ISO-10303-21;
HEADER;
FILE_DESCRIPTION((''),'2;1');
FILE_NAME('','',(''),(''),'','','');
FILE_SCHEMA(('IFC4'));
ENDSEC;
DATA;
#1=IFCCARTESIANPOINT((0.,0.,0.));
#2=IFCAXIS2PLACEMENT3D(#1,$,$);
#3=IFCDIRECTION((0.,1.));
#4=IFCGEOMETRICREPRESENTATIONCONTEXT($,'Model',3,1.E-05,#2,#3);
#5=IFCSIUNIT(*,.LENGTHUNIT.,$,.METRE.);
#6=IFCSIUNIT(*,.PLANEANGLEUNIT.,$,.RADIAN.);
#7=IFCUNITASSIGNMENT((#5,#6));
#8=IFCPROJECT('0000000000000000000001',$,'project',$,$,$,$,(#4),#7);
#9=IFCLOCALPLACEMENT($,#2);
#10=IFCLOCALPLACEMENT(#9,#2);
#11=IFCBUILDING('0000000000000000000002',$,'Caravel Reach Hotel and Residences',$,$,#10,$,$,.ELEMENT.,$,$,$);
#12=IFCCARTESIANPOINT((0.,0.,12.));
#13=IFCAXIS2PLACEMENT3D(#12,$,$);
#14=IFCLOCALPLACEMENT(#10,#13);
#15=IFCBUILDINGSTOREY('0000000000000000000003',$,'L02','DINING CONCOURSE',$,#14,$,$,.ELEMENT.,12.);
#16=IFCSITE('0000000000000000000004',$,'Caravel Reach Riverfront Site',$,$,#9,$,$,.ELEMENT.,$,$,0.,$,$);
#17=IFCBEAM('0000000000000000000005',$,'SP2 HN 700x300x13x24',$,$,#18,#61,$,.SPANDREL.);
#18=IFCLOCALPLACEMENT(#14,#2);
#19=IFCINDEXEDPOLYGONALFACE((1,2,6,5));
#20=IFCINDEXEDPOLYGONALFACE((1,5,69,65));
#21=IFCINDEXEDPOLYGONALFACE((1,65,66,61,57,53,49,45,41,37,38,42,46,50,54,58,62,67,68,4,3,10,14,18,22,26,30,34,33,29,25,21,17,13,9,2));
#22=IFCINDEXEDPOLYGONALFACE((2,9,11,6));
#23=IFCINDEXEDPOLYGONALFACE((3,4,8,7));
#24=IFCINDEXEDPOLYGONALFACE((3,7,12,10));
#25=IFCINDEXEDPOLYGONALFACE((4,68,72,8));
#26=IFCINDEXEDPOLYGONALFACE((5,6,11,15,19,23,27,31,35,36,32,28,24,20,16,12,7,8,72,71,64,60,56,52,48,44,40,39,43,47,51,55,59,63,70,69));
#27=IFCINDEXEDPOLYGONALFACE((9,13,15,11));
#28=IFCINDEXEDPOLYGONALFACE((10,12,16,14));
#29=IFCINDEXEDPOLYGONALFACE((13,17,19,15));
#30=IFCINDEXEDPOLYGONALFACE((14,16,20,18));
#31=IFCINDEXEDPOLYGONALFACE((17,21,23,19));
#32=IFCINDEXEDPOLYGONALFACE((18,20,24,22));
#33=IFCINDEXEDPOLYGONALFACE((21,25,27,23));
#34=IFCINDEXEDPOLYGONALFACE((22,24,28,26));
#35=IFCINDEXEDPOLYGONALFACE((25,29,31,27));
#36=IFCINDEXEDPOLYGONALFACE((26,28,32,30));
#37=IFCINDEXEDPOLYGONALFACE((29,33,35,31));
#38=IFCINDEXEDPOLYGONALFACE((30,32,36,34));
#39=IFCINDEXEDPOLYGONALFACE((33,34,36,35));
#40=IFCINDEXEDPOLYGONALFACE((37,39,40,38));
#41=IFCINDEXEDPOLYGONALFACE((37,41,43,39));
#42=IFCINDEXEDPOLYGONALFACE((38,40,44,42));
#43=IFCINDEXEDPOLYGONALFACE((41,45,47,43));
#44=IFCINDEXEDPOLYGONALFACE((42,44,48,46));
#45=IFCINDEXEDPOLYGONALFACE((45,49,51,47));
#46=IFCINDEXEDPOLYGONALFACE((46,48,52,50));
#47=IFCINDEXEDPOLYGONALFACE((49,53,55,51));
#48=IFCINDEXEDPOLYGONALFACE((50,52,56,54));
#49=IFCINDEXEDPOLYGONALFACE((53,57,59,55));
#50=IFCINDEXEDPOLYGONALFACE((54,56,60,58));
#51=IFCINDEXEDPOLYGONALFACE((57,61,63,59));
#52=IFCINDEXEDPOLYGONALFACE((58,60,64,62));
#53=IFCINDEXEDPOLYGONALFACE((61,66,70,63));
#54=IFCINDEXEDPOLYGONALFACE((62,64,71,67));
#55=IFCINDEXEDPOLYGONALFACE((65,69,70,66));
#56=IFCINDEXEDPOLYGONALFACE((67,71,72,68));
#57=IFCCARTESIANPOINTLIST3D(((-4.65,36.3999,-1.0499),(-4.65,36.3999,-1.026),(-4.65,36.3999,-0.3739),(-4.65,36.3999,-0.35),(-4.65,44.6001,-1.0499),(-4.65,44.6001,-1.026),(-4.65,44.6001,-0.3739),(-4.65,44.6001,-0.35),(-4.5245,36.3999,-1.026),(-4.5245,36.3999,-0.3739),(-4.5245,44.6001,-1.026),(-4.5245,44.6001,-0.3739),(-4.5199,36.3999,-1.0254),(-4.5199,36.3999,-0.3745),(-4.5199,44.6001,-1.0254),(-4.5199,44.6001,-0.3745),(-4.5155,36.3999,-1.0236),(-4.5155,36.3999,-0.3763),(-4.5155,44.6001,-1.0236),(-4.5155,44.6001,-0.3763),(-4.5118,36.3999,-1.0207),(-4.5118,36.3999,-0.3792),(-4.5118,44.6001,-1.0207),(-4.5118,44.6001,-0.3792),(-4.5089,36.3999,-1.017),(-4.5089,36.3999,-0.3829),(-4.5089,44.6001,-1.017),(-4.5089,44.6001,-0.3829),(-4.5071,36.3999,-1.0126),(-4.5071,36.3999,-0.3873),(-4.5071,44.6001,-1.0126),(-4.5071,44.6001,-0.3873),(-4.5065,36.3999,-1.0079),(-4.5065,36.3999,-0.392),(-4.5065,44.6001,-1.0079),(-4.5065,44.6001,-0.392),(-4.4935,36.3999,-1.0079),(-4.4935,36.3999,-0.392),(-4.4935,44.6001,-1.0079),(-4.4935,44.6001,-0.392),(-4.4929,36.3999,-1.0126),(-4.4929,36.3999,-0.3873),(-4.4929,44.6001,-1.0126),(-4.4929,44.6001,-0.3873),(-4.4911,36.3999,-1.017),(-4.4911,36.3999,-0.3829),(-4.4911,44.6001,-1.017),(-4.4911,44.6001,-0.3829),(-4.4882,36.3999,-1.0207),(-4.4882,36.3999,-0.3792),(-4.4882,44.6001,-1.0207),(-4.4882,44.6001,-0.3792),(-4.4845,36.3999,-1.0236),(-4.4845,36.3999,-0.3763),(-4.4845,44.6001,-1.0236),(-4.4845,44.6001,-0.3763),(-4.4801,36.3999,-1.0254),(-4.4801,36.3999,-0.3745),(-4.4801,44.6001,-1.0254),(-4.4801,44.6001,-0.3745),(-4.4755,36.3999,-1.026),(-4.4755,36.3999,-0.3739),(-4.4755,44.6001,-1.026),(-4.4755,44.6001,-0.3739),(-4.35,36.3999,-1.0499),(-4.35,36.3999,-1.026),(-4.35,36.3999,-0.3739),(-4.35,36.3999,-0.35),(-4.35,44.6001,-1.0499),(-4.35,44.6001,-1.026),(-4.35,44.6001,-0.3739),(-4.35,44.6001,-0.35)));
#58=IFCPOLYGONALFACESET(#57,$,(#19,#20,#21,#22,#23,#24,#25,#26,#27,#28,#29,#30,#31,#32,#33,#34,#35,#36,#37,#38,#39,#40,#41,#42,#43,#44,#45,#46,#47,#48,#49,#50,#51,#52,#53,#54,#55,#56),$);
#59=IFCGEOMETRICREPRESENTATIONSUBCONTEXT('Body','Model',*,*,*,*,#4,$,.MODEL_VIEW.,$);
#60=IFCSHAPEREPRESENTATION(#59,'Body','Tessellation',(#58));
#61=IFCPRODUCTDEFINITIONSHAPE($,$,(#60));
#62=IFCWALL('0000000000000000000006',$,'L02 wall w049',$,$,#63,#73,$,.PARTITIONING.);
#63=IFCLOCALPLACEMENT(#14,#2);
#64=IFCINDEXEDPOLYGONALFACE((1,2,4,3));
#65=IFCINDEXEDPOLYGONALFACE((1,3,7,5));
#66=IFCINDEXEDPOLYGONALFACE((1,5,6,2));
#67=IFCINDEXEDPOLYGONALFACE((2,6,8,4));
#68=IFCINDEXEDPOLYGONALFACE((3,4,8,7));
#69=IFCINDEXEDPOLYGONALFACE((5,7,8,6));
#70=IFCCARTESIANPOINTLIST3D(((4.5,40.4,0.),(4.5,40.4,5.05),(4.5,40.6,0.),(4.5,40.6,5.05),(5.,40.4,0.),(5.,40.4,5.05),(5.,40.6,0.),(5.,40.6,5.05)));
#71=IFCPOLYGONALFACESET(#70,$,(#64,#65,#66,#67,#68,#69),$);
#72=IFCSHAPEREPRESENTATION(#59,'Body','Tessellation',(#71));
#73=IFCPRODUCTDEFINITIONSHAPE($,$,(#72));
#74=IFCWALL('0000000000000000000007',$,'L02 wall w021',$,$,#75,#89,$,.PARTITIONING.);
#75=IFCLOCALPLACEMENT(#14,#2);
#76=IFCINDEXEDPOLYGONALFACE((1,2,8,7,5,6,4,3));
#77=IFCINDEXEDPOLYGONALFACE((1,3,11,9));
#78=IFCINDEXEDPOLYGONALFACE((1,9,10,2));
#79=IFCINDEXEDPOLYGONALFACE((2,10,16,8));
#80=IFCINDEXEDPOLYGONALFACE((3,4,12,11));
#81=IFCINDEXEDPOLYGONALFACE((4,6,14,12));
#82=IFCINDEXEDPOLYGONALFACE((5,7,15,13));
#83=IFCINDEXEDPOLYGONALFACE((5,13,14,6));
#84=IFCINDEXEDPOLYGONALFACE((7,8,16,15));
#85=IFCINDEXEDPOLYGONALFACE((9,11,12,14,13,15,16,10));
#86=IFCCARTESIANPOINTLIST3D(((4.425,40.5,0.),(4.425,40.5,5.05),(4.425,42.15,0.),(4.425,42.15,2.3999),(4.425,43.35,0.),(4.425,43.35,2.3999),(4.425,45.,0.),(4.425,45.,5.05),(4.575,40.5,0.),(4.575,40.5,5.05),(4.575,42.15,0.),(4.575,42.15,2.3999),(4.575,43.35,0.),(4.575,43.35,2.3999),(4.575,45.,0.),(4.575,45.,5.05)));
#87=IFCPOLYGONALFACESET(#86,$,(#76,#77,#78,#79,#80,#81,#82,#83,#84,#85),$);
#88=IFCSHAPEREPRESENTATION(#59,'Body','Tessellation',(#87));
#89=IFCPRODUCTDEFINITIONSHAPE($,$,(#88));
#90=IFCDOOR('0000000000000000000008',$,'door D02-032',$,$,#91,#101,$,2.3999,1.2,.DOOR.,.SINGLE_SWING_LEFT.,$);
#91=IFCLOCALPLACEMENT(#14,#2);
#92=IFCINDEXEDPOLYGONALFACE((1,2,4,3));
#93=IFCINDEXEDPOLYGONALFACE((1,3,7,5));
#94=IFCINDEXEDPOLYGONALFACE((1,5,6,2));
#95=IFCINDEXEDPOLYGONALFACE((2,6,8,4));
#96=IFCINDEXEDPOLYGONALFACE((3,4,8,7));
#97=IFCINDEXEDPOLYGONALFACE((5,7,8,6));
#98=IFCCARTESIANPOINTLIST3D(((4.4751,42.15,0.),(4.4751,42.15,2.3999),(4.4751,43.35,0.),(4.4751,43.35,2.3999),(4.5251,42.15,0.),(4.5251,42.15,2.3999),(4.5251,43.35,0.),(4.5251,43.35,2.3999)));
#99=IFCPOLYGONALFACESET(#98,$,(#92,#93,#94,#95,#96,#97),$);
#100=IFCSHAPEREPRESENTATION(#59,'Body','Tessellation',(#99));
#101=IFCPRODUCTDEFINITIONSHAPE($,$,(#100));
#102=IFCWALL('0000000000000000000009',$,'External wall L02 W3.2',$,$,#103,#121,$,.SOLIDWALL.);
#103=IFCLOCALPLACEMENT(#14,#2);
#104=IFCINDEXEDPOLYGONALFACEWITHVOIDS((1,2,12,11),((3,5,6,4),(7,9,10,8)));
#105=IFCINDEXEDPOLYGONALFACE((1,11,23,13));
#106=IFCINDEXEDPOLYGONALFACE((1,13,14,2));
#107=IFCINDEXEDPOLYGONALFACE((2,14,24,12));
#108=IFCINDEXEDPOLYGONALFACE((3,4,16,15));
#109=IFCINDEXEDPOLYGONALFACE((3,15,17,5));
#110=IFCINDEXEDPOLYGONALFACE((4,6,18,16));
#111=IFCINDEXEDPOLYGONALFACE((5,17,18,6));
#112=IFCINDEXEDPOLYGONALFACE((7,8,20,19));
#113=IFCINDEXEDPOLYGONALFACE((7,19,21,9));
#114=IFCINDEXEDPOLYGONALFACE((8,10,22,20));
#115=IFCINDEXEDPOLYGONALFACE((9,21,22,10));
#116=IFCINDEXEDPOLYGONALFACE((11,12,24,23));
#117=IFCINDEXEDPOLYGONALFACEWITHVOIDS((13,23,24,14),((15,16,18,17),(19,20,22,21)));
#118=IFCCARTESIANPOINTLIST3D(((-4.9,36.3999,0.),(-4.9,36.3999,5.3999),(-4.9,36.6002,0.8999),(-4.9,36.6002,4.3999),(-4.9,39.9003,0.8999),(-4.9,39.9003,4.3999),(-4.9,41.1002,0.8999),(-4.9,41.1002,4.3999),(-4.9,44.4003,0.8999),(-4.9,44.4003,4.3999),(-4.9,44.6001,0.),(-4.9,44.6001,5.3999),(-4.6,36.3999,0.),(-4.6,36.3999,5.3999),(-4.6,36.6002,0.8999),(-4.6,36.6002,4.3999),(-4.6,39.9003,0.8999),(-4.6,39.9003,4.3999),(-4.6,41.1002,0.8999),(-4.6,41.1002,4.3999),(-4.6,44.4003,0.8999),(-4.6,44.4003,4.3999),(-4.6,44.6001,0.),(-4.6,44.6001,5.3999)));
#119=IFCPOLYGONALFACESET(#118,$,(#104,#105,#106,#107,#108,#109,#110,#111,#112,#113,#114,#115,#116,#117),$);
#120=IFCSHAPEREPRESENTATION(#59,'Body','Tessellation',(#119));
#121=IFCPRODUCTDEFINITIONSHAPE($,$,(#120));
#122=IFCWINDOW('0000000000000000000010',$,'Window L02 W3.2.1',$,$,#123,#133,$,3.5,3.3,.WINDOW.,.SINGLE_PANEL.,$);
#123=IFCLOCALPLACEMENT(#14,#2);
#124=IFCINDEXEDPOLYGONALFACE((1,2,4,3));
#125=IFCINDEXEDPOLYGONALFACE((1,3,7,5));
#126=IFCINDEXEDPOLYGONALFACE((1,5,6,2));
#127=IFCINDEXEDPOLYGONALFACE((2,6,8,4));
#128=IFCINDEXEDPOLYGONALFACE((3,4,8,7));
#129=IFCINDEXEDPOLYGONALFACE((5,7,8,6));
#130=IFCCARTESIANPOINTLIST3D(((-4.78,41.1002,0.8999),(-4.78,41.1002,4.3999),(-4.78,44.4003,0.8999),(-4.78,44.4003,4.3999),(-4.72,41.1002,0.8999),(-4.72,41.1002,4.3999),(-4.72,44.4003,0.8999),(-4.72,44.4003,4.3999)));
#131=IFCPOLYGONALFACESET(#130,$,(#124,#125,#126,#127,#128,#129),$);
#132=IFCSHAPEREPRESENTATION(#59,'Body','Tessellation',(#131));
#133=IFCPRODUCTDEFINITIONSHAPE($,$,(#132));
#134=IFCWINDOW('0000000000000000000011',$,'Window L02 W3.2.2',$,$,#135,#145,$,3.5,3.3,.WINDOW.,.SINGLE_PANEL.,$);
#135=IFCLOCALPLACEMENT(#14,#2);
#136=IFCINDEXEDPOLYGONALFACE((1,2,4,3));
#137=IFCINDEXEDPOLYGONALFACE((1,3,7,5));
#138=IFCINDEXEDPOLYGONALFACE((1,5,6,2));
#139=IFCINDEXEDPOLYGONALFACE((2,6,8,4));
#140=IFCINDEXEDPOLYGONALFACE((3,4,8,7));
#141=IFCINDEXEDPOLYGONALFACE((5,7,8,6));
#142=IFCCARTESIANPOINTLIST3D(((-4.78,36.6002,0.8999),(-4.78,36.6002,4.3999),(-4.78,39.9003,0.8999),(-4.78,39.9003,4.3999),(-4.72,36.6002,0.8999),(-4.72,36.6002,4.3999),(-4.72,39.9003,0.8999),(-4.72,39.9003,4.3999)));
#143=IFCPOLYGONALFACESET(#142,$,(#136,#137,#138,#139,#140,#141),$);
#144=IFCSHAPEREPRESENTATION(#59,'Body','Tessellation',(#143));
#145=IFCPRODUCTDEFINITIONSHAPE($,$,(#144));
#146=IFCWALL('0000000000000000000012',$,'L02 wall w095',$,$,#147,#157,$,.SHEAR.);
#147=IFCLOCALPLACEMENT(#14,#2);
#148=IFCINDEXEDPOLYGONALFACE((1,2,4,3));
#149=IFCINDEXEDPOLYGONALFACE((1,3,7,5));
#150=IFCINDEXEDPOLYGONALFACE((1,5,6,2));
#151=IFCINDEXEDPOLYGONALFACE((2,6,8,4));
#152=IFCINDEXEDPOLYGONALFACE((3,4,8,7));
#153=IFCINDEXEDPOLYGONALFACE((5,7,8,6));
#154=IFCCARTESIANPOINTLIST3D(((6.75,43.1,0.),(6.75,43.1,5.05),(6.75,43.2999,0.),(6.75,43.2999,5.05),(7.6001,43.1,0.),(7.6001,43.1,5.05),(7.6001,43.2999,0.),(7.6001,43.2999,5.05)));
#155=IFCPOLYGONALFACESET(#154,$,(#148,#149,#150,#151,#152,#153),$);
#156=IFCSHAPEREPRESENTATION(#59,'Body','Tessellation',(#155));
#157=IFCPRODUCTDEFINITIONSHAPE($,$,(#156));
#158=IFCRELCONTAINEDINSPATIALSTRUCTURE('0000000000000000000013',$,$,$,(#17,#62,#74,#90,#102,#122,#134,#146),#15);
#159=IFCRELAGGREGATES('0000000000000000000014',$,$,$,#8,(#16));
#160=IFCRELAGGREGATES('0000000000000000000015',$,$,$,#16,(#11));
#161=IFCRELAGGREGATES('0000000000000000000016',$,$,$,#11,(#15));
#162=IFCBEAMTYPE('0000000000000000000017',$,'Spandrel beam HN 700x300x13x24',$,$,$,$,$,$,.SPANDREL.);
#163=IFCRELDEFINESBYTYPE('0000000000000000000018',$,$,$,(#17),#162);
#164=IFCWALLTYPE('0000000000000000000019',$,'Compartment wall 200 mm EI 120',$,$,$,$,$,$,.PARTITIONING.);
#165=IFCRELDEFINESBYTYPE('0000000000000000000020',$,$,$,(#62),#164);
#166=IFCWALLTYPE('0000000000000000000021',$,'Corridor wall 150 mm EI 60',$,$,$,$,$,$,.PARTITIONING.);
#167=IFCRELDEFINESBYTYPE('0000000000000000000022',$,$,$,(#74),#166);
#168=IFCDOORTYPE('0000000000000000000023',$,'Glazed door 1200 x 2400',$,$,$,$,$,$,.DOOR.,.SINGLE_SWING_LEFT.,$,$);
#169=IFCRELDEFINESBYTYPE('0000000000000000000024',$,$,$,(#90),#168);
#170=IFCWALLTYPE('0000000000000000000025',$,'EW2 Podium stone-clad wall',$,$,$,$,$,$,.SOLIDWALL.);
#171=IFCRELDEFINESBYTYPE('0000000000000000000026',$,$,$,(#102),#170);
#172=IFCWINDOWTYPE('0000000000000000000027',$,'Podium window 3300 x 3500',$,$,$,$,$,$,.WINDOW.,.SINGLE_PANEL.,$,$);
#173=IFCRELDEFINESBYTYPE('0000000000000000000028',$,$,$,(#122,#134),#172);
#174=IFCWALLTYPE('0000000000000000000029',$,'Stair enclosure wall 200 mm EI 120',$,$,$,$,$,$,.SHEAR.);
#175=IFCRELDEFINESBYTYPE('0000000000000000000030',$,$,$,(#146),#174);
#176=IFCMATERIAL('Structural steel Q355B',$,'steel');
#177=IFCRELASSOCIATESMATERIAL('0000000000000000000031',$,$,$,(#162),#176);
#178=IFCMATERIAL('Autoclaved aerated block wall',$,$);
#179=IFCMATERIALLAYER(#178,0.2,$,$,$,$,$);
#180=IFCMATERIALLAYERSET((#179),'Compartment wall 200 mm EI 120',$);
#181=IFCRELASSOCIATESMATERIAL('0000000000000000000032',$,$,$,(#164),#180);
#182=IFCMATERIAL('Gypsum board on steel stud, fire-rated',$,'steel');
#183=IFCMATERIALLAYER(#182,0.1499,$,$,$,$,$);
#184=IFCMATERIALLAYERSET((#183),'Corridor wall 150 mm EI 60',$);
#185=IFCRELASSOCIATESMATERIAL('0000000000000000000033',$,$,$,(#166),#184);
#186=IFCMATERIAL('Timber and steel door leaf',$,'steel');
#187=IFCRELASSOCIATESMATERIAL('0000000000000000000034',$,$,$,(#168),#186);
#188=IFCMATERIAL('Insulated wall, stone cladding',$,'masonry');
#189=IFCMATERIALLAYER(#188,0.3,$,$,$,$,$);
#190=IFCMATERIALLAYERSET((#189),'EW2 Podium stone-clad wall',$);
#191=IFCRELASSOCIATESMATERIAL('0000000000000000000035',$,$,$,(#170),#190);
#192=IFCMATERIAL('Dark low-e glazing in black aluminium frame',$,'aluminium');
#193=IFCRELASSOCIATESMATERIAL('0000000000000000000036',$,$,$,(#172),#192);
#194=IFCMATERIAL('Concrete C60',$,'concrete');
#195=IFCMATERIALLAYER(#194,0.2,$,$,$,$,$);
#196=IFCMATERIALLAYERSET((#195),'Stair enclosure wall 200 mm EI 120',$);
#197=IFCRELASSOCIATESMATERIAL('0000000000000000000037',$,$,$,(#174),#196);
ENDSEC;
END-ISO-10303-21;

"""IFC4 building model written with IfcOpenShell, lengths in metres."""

from ifc_helpers import new_model, si_unit, direction, frame, frame_2d, origin, origin_2d, place, context, subcontext, project, spatial, rectangle, i_section, extrude, material, layer, layer_set, material_profile, profile_set, type_object, element, fill, save


model = new_model("IFC4")

# Units and contexts
model_context = context("Model", 3, precision=1e-05, world=origin(), true_north=direction((0.0, 1.0)))
body_context = subcontext(model_context, "Body", "Model", "MODEL_VIEW")
ifc_project = project(units=[si_unit("LENGTHUNIT", "METRE"), si_unit("PLANEANGLEUNIT", "RADIAN")], contexts=[model_context])

# Site, building, storey
site_placement = place(None, origin())
site = spatial("IfcSite", under=ifc_project, at=site_placement, Name="Caravel Reach Riverfront Site", CompositionType="ELEMENT", RefElevation=0.0)
building_placement = place(site_placement, origin())
building = spatial("IfcBuilding", under=site, at=building_placement, Name="Caravel Reach Hotel and Residences", CompositionType="ELEMENT")
storey_placement = place(building_placement, frame((0.0, 0.0, 12.0)))
storey = spatial("IfcBuildingStorey", under=building, at=storey_placement, Name="L02", Description="DINING CONCOURSE", CompositionType="ELEMENT", Elevation=12.0)

# Beam
ifc_material_1 = material(Name="Structural steel Q355B", Category="steel")
ifc_material_profile = material_profile(ifc_material_1, i_section(OverallWidth=0.3, OverallDepth=0.7, WebThickness=0.0129, FlangeThickness=0.0239, FilletRadius=0.0181, at=origin_2d()), Name="HN 700x300x13x24")
ifc_profile_set = profile_set([ifc_material_profile], Name="Structural steel Q355B")
beam_type = type_object("IfcBeamType", Name="Spandrel beam HN 700x300x13x24", PredefinedType="SPANDREL", material=ifc_profile_set)
beam_placement = place(storey_placement, frame((-4.5, 44.6001, -0.7), z_axis=(0.0, -1.0, 0.0), x_axis=(1.0, 0.0, 0.0)))
element("IfcBeam", 1, at=beam_placement, inside=storey, type_object=beam_type, Name="SP2 HN 700x300x13x24", PredefinedType="SPANDREL", context=body_context, shape_type="SweptSolid", body=[
    extrude(i_section(OverallWidth=0.3, OverallDepth=0.7, WebThickness=0.0129, FlangeThickness=0.0239, FilletRadius=0.0181, at=origin_2d()), origin(), (0.0, 0.0, 1.0), 8.2002),
])

# Wall
ifc_material_2 = material(Name="Autoclaved aerated block wall")
ifc_layer_1 = layer(ifc_material_2, 0.2)
ifc_layer_set_1 = layer_set([ifc_layer_1], Name="Compartment wall 200 mm EI 120")
wall_type_1 = type_object("IfcWallType", Name="Compartment wall 200 mm EI 120", PredefinedType="PARTITIONING", material=ifc_layer_set_1)
wall_1_placement = place(storey_placement, frame((4.5, 40.5, 0.0), z_axis=(0.0, 0.0, 1.0), x_axis=(1.0, 0.0, 0.0)))
element("IfcWall", 2, at=wall_1_placement, inside=storey, type_object=wall_type_1, Name="L02 wall w049", PredefinedType="PARTITIONING", context=body_context, shape_type="SweptSolid", body=[
    extrude(rectangle(XDim=0.5, YDim=0.2, at=frame_2d((0.25, 0.0))), origin(), (0.0, 0.0, 1.0), 5.05),
])

# Wall, opening, door
ifc_material_3 = material(Name="Gypsum board on steel stud, fire-rated", Category="steel")
ifc_layer_2 = layer(ifc_material_3, 0.1499)
ifc_layer_set_2 = layer_set([ifc_layer_2], Name="Corridor wall 150 mm EI 60")
wall_type_2 = type_object("IfcWallType", Name="Corridor wall 150 mm EI 60", PredefinedType="PARTITIONING", material=ifc_layer_set_2)
wall_2_placement = place(storey_placement, frame((4.5, 40.5, 0.0), z_axis=(0.0, 0.0, 1.0), x_axis=(0.0, 1.0, 0.0)))
wall_2 = element("IfcWall", 3, at=wall_2_placement, inside=storey, type_object=wall_type_2, Name="L02 wall w021", PredefinedType="PARTITIONING", context=body_context, shape_type="SweptSolid", body=[
    extrude(rectangle(XDim=4.5, YDim=0.1499, at=frame_2d((2.25, 0.0))), origin(), (0.0, 0.0, 1.0), 5.05),
])
opening_1_placement = place(wall_2_placement, frame((1.6499, 0.0, 0.0)))
opening_1 = element("IfcOpeningElement", 4, at=opening_1_placement, cuts=wall_2, PredefinedType="OPENING", context=body_context, shape_type="SweptSolid", body=[
    extrude(rectangle(XDim=1.2, YDim=2.3999, at=frame_2d((0.6001, 1.2))), frame((0.0, 0.085, 0.0), z_axis=(0.0, -1.0, 0.0), x_axis=(1.0, 0.0, 0.0)), (0.0, 0.0, 1.0), 0.1699),
])
ifc_material_4 = material(Name="Timber and steel door leaf", Category="steel")
door_type = type_object("IfcDoorType", Name="Glazed door 1200 x 2400", OperationType="SINGLE_SWING_LEFT", PredefinedType="DOOR", material=ifc_material_4)
door_placement = place(opening_1_placement, origin())
door = element("IfcDoor", 5, at=door_placement, inside=storey, type_object=door_type, Name="door D02-032", OperationType="SINGLE_SWING_LEFT", OverallHeight=2.3999, OverallWidth=1.2, PredefinedType="DOOR", context=body_context, shape_type="SweptSolid", body=[
    extrude(rectangle(XDim=1.2, YDim=2.3999, at=frame_2d((0.6001, 1.2))), frame((0.0, 0.0249, 0.0), z_axis=(0.0, -1.0, 0.0), x_axis=(1.0, 0.0, 0.0)), (0.0, 0.0, 1.0), 0.05),
])
fill(opening_1, door)

# Wall, openings, windows
ifc_material_5 = material(Name="Insulated wall, stone cladding", Category="masonry")
ifc_layer_3 = layer(ifc_material_5, 0.3)
ifc_layer_set_3 = layer_set([ifc_layer_3], Name="EW2 Podium stone-clad wall")
wall_type_3 = type_object("IfcWallType", Name="EW2 Podium stone-clad wall", PredefinedType="SOLIDWALL", material=ifc_layer_set_3)
wall_3_placement = place(storey_placement, frame((-4.75, 44.6001, 0.0), z_axis=(0.0, 0.0, 1.0), x_axis=(0.0, -1.0, 0.0)))
wall_3 = element("IfcWall", 6, at=wall_3_placement, inside=storey, type_object=wall_type_3, Name="External wall L02 W3.2", PredefinedType="SOLIDWALL", context=body_context, shape_type="SweptSolid", body=[
    extrude(rectangle(XDim=8.2002, YDim=0.3, at=frame_2d((4.1001, 0.0))), origin(), (0.0, 0.0, 1.0), 5.3999),
])
opening_2_placement = place(wall_3_placement, frame((0.2, 0.0, 0.8999)))
opening_2 = element("IfcOpeningElement", 7, at=opening_2_placement, cuts=wall_3, PredefinedType="OPENING", context=body_context, shape_type="SweptSolid", body=[
    extrude(rectangle(XDim=3.3, YDim=3.5, at=frame_2d((1.6499, 1.75))), frame((0.0, 0.1599, 0.0), z_axis=(0.0, -1.0, 0.0), x_axis=(1.0, 0.0, 0.0)), (0.0, 0.0, 1.0), 0.3201),
])
opening_3_placement = place(wall_3_placement, frame((4.7, 0.0, 0.8999)))
opening_3 = element("IfcOpeningElement", 8, at=opening_3_placement, cuts=wall_3, PredefinedType="OPENING", context=body_context, shape_type="SweptSolid", body=[
    extrude(rectangle(XDim=3.3, YDim=3.5, at=frame_2d((1.6499, 1.75))), frame((0.0, 0.1599, 0.0), z_axis=(0.0, -1.0, 0.0), x_axis=(1.0, 0.0, 0.0)), (0.0, 0.0, 1.0), 0.3201),
])
ifc_material_6 = material(Name="Dark low-e glazing in black aluminium frame", Category="aluminium")
window_type = type_object("IfcWindowType", Name="Podium window 3300 x 3500", PartitioningType="SINGLE_PANEL", PredefinedType="WINDOW", material=ifc_material_6)
window_1_placement = place(opening_2_placement, origin())
window_1 = element("IfcWindow", 9, at=window_1_placement, inside=storey, type_object=window_type, Name="Window L02 W3.2.1", OverallHeight=3.5, OverallWidth=3.3, PartitioningType="SINGLE_PANEL", PredefinedType="WINDOW", context=body_context, shape_type="SweptSolid", body=[
    extrude(rectangle(XDim=3.3, YDim=3.5, at=frame_2d((1.6499, 1.75))), frame((0.0, 0.03, 0.0), z_axis=(0.0, -1.0, 0.0), x_axis=(1.0, 0.0, 0.0)), (0.0, 0.0, 1.0), 0.0601),
])
fill(opening_2, window_1)
window_2_placement = place(opening_3_placement, origin())
window_2 = element("IfcWindow", 10, at=window_2_placement, inside=storey, type_object=window_type, Name="Window L02 W3.2.2", OverallHeight=3.5, OverallWidth=3.3, PartitioningType="SINGLE_PANEL", PredefinedType="WINDOW", context=body_context, shape_type="SweptSolid", body=[
    extrude(rectangle(XDim=3.3, YDim=3.5, at=frame_2d((1.6499, 1.75))), frame((0.0, 0.03, 0.0), z_axis=(0.0, -1.0, 0.0), x_axis=(1.0, 0.0, 0.0)), (0.0, 0.0, 1.0), 0.0601),
])
fill(opening_3, window_2)

# Wall
ifc_material_7 = material(Name="Concrete C60", Category="concrete")
ifc_layer_4 = layer(ifc_material_7, 0.2)
ifc_layer_set_4 = layer_set([ifc_layer_4], Name="Stair enclosure wall 200 mm EI 120")
wall_type_4 = type_object("IfcWallType", Name="Stair enclosure wall 200 mm EI 120", PredefinedType="SHEAR", material=ifc_layer_set_4)
wall_4_placement = place(storey_placement, frame((6.75, 43.2, 0.0), z_axis=(0.0, 0.0, 1.0), x_axis=(1.0, 0.0, 0.0)))
element("IfcWall", 11, at=wall_4_placement, inside=storey, type_object=wall_type_4, Name="L02 wall w095", PredefinedType="SHEAR", context=body_context, shape_type="SweptSolid", body=[
    extrude(rectangle(XDim=0.8501, YDim=0.2, at=frame_2d((0.425, 0.0))), origin(), (0.0, 0.0, 1.0), 5.05),
])

save(model, "model.ifc")
